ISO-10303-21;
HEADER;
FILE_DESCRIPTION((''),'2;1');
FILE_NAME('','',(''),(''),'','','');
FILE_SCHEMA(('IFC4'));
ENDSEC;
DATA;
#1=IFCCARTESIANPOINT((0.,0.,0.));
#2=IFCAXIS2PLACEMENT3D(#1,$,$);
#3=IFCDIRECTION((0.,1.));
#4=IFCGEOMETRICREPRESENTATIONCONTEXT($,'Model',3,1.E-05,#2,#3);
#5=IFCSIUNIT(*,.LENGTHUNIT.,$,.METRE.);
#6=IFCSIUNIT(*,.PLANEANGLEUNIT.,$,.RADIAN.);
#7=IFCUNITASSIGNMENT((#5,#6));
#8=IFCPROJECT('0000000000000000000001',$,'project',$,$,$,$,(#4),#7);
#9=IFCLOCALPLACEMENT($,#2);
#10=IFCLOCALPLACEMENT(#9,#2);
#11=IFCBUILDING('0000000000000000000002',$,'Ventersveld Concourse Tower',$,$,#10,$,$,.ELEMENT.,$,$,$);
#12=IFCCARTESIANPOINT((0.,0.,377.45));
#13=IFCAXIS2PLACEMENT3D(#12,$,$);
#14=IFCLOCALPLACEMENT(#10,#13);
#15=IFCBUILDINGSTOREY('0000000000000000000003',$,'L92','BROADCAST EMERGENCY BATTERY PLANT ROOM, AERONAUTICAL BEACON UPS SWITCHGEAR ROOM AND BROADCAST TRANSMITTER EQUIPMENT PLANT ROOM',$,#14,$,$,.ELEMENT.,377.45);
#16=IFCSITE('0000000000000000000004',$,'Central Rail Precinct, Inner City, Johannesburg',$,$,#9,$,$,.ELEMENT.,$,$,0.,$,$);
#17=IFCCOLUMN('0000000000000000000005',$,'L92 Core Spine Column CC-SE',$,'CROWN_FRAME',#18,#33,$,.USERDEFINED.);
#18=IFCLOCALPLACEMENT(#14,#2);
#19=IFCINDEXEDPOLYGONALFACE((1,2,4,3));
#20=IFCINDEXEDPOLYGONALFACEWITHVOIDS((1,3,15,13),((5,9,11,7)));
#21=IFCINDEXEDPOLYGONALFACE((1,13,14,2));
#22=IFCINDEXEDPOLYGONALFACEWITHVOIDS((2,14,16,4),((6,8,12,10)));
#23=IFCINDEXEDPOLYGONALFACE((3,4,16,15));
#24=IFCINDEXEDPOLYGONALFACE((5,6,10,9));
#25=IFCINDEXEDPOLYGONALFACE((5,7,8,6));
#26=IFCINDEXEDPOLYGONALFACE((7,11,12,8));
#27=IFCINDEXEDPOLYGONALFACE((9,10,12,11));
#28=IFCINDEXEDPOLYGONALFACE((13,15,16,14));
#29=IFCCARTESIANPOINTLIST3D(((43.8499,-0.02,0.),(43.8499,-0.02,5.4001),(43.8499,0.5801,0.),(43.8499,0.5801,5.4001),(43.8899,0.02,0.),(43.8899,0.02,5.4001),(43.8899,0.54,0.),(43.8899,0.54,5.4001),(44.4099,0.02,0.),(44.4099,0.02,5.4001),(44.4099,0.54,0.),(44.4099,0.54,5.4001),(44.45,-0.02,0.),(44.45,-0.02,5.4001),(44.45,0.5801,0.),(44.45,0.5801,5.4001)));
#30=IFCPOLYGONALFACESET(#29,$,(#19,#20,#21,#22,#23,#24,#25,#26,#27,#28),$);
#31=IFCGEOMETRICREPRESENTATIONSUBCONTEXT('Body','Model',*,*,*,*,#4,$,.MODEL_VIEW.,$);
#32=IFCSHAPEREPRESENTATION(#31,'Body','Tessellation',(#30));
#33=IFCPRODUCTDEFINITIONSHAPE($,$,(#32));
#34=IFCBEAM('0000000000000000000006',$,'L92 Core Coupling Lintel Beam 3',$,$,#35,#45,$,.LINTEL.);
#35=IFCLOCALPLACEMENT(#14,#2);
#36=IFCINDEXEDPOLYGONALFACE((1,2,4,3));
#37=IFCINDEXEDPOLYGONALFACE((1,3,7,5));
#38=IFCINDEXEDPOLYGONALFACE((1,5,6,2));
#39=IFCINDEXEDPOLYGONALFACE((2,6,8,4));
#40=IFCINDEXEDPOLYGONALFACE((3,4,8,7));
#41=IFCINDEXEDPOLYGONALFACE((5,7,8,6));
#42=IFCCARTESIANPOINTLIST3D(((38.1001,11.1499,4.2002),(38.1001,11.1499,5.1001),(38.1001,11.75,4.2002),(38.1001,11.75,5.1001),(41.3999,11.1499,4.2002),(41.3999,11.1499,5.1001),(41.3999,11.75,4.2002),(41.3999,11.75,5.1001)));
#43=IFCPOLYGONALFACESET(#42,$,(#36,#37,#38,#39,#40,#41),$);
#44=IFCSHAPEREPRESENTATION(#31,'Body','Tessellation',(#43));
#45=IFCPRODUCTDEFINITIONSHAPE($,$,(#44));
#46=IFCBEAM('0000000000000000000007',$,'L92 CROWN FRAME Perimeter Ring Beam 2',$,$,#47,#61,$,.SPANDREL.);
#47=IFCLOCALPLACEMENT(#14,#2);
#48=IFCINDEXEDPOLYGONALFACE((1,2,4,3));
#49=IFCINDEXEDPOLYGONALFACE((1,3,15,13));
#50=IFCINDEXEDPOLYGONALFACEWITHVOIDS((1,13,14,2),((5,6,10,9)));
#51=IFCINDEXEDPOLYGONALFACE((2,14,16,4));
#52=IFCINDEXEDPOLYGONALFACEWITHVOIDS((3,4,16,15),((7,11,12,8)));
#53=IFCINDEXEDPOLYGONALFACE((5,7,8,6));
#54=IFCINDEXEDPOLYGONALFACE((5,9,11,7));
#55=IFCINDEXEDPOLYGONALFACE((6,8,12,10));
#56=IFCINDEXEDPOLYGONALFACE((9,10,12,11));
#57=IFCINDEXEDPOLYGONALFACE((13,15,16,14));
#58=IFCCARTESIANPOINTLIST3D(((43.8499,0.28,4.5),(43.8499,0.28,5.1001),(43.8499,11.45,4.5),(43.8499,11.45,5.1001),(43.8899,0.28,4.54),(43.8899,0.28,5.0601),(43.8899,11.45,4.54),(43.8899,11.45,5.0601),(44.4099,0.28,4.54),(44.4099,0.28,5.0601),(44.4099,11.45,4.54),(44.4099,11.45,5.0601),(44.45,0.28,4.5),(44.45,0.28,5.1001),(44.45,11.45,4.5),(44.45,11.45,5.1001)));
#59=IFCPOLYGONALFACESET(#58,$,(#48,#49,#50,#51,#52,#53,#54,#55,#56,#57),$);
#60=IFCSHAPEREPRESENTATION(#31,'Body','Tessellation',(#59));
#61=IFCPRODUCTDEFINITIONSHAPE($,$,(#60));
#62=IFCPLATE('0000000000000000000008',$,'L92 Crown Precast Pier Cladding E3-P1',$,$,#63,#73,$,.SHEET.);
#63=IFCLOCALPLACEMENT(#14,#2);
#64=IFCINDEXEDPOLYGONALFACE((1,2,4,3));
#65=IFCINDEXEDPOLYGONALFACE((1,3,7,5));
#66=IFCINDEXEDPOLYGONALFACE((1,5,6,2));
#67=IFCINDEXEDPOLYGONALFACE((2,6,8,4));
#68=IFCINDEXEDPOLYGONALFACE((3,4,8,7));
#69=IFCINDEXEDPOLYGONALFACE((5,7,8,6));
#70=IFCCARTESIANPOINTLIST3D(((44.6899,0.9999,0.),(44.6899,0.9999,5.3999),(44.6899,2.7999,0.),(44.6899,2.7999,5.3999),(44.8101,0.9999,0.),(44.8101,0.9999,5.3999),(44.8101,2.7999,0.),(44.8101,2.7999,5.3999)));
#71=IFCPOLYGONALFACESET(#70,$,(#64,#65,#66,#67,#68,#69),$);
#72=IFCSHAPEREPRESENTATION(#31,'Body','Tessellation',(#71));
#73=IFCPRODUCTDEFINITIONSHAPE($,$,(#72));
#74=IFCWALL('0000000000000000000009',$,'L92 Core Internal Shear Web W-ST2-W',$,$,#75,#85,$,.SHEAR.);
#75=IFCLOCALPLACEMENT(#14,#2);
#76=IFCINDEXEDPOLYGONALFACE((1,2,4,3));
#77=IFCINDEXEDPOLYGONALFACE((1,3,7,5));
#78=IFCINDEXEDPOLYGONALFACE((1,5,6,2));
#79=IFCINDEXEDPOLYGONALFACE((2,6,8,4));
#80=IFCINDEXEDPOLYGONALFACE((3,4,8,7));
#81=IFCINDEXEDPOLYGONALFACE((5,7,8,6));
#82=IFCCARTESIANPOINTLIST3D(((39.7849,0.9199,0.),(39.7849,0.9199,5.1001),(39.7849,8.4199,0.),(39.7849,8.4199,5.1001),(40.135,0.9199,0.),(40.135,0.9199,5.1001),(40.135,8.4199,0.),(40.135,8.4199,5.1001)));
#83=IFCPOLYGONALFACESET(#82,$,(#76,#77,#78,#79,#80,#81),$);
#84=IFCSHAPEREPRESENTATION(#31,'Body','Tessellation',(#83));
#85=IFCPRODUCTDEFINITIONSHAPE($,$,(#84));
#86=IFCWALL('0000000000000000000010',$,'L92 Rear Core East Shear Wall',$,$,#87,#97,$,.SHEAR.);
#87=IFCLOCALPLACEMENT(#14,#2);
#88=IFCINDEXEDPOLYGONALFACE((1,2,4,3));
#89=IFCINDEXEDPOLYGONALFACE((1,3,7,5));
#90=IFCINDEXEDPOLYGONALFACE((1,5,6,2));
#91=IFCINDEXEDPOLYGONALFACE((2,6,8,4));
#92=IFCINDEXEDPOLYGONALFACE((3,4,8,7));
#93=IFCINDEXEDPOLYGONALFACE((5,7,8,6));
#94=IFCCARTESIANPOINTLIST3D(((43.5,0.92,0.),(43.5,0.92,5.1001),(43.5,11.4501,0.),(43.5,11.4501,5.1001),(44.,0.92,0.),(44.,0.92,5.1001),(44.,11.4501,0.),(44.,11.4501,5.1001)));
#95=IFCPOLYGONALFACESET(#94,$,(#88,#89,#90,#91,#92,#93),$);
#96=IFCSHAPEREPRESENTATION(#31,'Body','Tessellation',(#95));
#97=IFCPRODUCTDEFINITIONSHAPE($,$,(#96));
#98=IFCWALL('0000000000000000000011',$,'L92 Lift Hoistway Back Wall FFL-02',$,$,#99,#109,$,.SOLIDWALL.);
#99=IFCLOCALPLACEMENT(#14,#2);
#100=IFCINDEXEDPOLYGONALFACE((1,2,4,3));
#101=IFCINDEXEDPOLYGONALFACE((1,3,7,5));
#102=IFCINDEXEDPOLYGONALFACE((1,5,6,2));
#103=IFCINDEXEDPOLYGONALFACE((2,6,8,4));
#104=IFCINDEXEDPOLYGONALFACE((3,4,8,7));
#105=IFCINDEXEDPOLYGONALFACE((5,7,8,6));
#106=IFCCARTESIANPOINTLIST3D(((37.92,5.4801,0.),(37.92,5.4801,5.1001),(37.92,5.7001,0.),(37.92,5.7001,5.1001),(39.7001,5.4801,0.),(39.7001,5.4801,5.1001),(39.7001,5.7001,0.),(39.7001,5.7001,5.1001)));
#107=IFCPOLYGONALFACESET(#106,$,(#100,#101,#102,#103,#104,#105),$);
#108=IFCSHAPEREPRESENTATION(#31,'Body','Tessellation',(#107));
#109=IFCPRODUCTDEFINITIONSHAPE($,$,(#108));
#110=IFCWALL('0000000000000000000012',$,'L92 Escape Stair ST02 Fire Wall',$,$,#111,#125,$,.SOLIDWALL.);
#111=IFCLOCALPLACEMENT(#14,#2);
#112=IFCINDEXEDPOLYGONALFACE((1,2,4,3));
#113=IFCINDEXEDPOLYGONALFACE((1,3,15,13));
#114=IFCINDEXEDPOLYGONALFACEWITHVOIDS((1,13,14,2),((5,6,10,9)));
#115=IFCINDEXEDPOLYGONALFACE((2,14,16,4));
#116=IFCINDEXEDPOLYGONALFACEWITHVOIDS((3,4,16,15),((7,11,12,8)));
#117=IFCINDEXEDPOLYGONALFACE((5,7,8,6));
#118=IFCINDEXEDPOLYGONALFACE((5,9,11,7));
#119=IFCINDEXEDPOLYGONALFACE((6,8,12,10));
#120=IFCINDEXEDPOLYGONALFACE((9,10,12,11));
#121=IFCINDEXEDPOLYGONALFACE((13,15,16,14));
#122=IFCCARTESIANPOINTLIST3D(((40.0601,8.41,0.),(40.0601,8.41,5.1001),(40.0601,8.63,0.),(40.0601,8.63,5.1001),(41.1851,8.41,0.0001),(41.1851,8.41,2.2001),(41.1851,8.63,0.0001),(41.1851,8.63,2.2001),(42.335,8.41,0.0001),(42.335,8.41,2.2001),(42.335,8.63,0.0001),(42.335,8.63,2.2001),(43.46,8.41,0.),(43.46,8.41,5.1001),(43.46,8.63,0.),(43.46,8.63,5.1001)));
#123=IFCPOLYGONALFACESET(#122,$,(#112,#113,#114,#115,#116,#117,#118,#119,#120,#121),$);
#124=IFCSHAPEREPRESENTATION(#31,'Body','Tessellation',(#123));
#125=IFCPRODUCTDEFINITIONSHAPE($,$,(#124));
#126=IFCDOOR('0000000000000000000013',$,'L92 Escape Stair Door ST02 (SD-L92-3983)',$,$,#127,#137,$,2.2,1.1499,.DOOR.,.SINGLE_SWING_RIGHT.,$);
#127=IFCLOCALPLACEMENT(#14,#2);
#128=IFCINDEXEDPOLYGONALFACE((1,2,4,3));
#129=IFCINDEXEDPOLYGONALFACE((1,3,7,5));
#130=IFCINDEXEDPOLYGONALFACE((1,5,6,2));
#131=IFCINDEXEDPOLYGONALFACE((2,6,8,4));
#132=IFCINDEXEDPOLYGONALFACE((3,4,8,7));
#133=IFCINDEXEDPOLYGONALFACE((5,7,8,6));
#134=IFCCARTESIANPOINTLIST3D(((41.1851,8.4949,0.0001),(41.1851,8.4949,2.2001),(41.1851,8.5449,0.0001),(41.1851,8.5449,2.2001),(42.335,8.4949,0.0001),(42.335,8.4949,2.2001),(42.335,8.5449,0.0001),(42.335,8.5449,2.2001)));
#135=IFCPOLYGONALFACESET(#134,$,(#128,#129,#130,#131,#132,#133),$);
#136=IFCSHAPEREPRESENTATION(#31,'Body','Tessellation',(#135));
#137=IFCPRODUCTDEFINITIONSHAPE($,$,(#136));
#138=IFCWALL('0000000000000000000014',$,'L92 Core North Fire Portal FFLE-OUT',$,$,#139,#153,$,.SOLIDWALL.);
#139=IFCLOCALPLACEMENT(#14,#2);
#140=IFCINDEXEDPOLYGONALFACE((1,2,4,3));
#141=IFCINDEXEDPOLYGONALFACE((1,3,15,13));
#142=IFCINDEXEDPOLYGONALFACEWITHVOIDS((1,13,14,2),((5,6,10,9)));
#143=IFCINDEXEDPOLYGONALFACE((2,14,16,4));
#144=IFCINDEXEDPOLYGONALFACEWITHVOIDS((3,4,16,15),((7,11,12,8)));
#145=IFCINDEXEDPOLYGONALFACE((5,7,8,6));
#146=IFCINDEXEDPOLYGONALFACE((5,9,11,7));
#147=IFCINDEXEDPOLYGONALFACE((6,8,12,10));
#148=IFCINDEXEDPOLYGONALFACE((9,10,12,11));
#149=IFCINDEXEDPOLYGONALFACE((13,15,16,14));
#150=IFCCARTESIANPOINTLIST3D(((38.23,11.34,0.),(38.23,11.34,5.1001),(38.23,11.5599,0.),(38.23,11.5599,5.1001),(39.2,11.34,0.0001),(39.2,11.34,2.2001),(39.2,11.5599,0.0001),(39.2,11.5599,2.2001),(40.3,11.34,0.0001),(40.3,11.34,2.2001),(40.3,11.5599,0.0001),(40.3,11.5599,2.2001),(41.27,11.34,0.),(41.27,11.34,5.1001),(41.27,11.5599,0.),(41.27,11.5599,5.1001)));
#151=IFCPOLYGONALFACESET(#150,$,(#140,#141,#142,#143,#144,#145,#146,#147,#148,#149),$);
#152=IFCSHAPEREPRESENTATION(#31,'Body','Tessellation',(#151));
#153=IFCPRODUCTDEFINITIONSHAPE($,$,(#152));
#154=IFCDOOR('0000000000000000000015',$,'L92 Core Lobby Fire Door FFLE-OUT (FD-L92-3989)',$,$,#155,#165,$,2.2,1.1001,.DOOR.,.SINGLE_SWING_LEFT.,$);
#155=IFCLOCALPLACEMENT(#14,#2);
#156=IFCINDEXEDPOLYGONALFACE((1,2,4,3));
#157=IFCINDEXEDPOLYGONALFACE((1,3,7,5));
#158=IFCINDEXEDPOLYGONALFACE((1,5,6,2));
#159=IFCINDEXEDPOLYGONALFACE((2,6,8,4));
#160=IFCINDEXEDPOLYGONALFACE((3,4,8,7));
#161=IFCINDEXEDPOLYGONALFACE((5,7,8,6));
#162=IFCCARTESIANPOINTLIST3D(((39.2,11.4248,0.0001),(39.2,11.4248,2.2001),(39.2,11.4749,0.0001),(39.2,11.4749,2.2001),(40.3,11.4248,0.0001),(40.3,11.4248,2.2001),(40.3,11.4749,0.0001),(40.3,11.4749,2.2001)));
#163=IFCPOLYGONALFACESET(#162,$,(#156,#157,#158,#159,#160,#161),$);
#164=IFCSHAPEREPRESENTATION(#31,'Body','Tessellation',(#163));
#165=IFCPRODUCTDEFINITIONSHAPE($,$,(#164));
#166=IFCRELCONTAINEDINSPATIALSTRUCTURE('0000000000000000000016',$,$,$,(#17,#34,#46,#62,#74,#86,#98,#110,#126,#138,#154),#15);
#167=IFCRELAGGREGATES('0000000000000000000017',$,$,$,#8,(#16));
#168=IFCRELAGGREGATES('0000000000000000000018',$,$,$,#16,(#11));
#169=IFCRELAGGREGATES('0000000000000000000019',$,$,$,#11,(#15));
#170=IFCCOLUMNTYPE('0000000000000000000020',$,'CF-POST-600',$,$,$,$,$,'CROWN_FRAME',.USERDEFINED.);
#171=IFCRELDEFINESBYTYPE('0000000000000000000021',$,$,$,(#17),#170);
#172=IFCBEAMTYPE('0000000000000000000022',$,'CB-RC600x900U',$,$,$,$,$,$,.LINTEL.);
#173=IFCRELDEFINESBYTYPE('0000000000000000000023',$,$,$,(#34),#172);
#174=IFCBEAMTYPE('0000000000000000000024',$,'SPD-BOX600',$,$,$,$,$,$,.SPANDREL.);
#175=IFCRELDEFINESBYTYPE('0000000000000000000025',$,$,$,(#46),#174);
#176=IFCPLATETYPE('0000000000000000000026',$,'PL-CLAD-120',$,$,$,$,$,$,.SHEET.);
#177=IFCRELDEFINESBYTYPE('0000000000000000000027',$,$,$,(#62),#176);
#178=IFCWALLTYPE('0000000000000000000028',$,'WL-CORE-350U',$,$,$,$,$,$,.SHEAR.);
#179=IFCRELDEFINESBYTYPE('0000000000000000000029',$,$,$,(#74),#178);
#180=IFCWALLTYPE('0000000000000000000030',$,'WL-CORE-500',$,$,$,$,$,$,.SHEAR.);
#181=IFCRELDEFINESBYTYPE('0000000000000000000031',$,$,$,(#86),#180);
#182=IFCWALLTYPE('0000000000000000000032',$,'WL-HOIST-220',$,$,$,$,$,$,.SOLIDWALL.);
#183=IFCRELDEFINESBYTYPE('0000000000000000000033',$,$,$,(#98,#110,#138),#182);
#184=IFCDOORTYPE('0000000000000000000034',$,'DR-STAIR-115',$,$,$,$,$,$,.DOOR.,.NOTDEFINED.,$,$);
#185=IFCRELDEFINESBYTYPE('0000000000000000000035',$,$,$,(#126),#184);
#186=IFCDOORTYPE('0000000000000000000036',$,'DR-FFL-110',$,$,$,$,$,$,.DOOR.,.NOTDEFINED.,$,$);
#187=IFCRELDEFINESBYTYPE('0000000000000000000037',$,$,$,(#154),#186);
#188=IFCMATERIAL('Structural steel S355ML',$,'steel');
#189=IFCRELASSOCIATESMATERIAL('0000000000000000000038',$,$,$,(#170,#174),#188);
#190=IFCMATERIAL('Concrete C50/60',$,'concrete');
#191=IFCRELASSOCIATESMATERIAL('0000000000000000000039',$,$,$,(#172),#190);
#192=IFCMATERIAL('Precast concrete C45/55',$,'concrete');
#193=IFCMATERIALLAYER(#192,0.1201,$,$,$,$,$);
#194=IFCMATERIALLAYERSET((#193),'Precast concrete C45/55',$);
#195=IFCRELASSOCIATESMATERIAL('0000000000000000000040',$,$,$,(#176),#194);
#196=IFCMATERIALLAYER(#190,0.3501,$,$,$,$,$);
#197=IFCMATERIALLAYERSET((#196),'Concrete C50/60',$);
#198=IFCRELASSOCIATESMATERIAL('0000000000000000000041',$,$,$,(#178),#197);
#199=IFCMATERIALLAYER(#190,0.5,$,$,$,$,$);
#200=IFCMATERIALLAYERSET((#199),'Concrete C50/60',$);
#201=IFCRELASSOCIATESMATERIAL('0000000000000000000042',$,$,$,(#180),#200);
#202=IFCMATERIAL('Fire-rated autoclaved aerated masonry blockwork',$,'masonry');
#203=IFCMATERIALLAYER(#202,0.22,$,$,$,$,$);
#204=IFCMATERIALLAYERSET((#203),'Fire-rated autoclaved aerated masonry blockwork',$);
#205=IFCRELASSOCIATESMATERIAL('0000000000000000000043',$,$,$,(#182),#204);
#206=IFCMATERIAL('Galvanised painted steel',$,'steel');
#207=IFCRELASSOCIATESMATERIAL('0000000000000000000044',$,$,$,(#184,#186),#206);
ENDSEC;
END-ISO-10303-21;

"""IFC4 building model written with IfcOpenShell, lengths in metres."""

from ifc_helpers import new_model, si_unit, direction, frame, frame_2d, origin, origin_2d, place, context, subcontext, project, spatial, rectangle, hollow_rectangle, extrude, material, layer, layer_set, material_profile, profile_set, type_object, element, fill, save


model = new_model("IFC4")

# Units and contexts
model_context = context("Model", 3, precision=1e-05, world=origin(), true_north=direction((0.0, 1.0)))
body_context = subcontext(model_context, "Body", "Model", "MODEL_VIEW")
ifc_project = project(units=[si_unit("LENGTHUNIT", "METRE"), si_unit("PLANEANGLEUNIT", "RADIAN")], contexts=[model_context])

# Site, building, storey
site_placement = place(None, origin())
site = spatial("IfcSite", under=ifc_project, at=site_placement, Name="Central Rail Precinct, Inner City, Johannesburg", CompositionType="ELEMENT", RefElevation=0.0)
building_placement = place(site_placement, origin())
building = spatial("IfcBuilding", under=site, at=building_placement, Name="Ventersveld Concourse Tower", CompositionType="ELEMENT")
storey_placement = place(building_placement, frame((0.0, 0.0, 377.45)))
storey = spatial("IfcBuildingStorey", under=building, at=storey_placement, Name="L92", Description="BROADCAST EMERGENCY BATTERY PLANT ROOM, AERONAUTICAL BEACON UPS SWITCHGEAR ROOM AND BROADCAST TRANSMITTER EQUIPMENT PLANT ROOM", CompositionType="ELEMENT", Elevation=377.45)

# Column
ifc_material_1 = material(Name="Structural steel S355ML", Category="steel")
ifc_material_profile_1 = material_profile(ifc_material_1, hollow_rectangle(XDim=0.6001, YDim=0.6001, WallThickness=0.04, at=origin_2d()), Name="BOX 600x600x40")
ifc_profile_set_1 = profile_set([ifc_material_profile_1], Name="Structural steel S355ML")
column_type = type_object("IfcColumnType", Name="CF-POST-600", ElementType="CROWN_FRAME", PredefinedType="USERDEFINED", material=ifc_profile_set_1)
column_placement = place(storey_placement, frame((44.1499, 0.28, 0.0), z_axis=(0.0, 0.0, 1.0), x_axis=(1.0, 0.0, 0.0)))
element("IfcColumn", 1, at=column_placement, inside=storey, type_object=column_type, Name="L92 Core Spine Column CC-SE", ObjectType="CROWN_FRAME", PredefinedType="USERDEFINED", context=body_context, shape_type="SweptSolid", body=[
    extrude(hollow_rectangle(XDim=0.6001, YDim=0.6001, WallThickness=0.04, at=origin_2d()), origin(), (0.0, 0.0, 1.0), 5.4001),
])

# Beams
ifc_material_2 = material(Name="Concrete C50/60", Category="concrete")
ifc_material_profile_2 = material_profile(ifc_material_2, rectangle(XDim=0.6001, YDim=0.8999, at=origin_2d()), Name="RC 600x900")
ifc_profile_set_2 = profile_set([ifc_material_profile_2], Name="Concrete C50/60")
beam_type_1 = type_object("IfcBeamType", Name="CB-RC600x900U", PredefinedType="LINTEL", material=ifc_profile_set_2)
beam_1_placement = place(storey_placement, frame((38.1001, 11.45, 4.6501), z_axis=(1.0, 0.0, 0.0), x_axis=(0.0, 1.0, 0.0)))
element("IfcBeam", 2, at=beam_1_placement, inside=storey, type_object=beam_type_1, Name="L92 Core Coupling Lintel Beam 3", PredefinedType="LINTEL", context=body_context, shape_type="SweptSolid", body=[
    extrude(rectangle(XDim=0.6001, YDim=0.8999, at=origin_2d()), origin(), (0.0, 0.0, 1.0), 3.2998),
])
ifc_material_profile_3 = material_profile(ifc_material_1, hollow_rectangle(XDim=0.6001, YDim=0.6001, WallThickness=0.04, at=origin_2d()), Name="BOX 600x600x40")
ifc_profile_set_3 = profile_set([ifc_material_profile_3], Name="Structural steel S355ML")
beam_type_2 = type_object("IfcBeamType", Name="SPD-BOX600", PredefinedType="SPANDREL", material=ifc_profile_set_3)
beam_2_placement = place(storey_placement, frame((44.1499, 0.28, 4.8), z_axis=(0.0, 1.0, 0.0), x_axis=(-1.0, 0.0, 0.0)))
element("IfcBeam", 3, at=beam_2_placement, inside=storey, type_object=beam_type_2, Name="L92 CROWN FRAME Perimeter Ring Beam 2", PredefinedType="SPANDREL", context=body_context, shape_type="SweptSolid", body=[
    extrude(hollow_rectangle(XDim=0.6001, YDim=0.6001, WallThickness=0.04, at=origin_2d()), origin(), (0.0, 0.0, 1.0), 11.1699),
])

# Plate
ifc_material_3 = material(Name="Precast concrete C45/55", Category="concrete")
ifc_layer_1 = layer(ifc_material_3, 0.1201)
ifc_layer_set_1 = layer_set([ifc_layer_1], Name="Precast concrete C45/55")
plate_type = type_object("IfcPlateType", Name="PL-CLAD-120", PredefinedType="SHEET", material=ifc_layer_set_1)
plate_placement = place(storey_placement, frame((44.75, 1.8999, 0.0), z_axis=(0.0, 0.0, 1.0), x_axis=(0.0, 1.0, 0.0)))
element("IfcPlate", 4, at=plate_placement, inside=storey, type_object=plate_type, Name="L92 Crown Precast Pier Cladding E3-P1", PredefinedType="SHEET", context=body_context, shape_type="SweptSolid", body=[
    extrude(rectangle(XDim=1.8, YDim=0.1201, at=origin_2d()), origin(), (0.0, 0.0, 1.0), 5.3999),
])

# Walls
ifc_layer_2 = layer(ifc_material_2, 0.3501)
ifc_layer_set_2 = layer_set([ifc_layer_2], Name="Concrete C50/60")
wall_type_1 = type_object("IfcWallType", Name="WL-CORE-350U", PredefinedType="SHEAR", material=ifc_layer_set_2)
wall_1_placement = place(storey_placement, frame((39.96, 0.9199, 0.0), z_axis=(0.0, 0.0, 1.0), x_axis=(0.0, 1.0, 0.0)))
element("IfcWall", 5, at=wall_1_placement, inside=storey, type_object=wall_type_1, Name="L92 Core Internal Shear Web W-ST2-W", PredefinedType="SHEAR", context=body_context, shape_type="SweptSolid", body=[
    extrude(rectangle(XDim=7.5, YDim=0.3501, at=frame_2d((3.75, 0.0))), origin(), (0.0, 0.0, 1.0), 5.1001),
])
ifc_layer_3 = layer(ifc_material_2, 0.5)
ifc_layer_set_3 = layer_set([ifc_layer_3], Name="Concrete C50/60")
wall_type_2 = type_object("IfcWallType", Name="WL-CORE-500", PredefinedType="SHEAR", material=ifc_layer_set_3)
wall_2_placement = place(storey_placement, frame((43.75, 0.9199, 0.0), z_axis=(0.0, 0.0, 1.0), x_axis=(0.0, 1.0, 0.0)))
element("IfcWall", 6, at=wall_2_placement, inside=storey, type_object=wall_type_2, Name="L92 Rear Core East Shear Wall", PredefinedType="SHEAR", context=body_context, shape_type="SweptSolid", body=[
    extrude(rectangle(XDim=10.53, YDim=0.5, at=frame_2d((5.2651, 0.0))), origin(), (0.0, 0.0, 1.0), 5.1001),
])
ifc_material_4 = material(Name="Fire-rated autoclaved aerated masonry blockwork", Category="masonry")
ifc_layer_4 = layer(ifc_material_4, 0.22)
ifc_layer_set_4 = layer_set([ifc_layer_4], Name="Fire-rated autoclaved aerated masonry blockwork")
wall_type_3 = type_object("IfcWallType", Name="WL-HOIST-220", PredefinedType="SOLIDWALL", material=ifc_layer_set_4)
wall_3_placement = place(storey_placement, frame((37.9199, 5.5901, 0.0), z_axis=(0.0, 0.0, 1.0), x_axis=(1.0, 0.0, 0.0)))
element("IfcWall", 7, at=wall_3_placement, inside=storey, type_object=wall_type_3, Name="L92 Lift Hoistway Back Wall FFL-02", PredefinedType="SOLIDWALL", context=body_context, shape_type="SweptSolid", body=[
    extrude(rectangle(XDim=1.78, YDim=0.22, at=frame_2d((0.8901, 0.0))), origin(), (0.0, 0.0, 1.0), 5.1001),
])

# Walls, openings, doors
wall_4_placement = place(storey_placement, frame((40.0601, 8.52, 0.0), z_axis=(0.0, 0.0, 1.0), x_axis=(1.0, 0.0, 0.0)))
wall_4 = element("IfcWall", 8, at=wall_4_placement, inside=storey, type_object=wall_type_3, Name="L92 Escape Stair ST02 Fire Wall", PredefinedType="SOLIDWALL", context=body_context, shape_type="SweptSolid", body=[
    extrude(rectangle(XDim=3.3999, YDim=0.22, at=frame_2d((1.7, 0.0))), origin(), (0.0, 0.0, 1.0), 5.1001),
])
opening_1_placement = place(wall_4_placement, frame((1.125, 0.0, 0.0)))
opening_1 = element("IfcOpeningElement", 9, at=opening_1_placement, cuts=wall_4, PredefinedType="OPENING", context=body_context, shape_type="SweptSolid", body=[
    extrude(rectangle(XDim=1.1499, YDim=2.2, at=frame_2d((0.575, 1.1001))), frame((0.0, 0.1201, 0.0), z_axis=(0.0, -1.0, 0.0), x_axis=(1.0, 0.0, 0.0)), (0.0, 0.0, 1.0), 0.24),
])
ifc_material_5 = material(Name="Galvanised painted steel", Category="steel")
door_type_1 = type_object("IfcDoorType", Name="DR-STAIR-115", OperationType="NOTDEFINED", PredefinedType="DOOR", material=ifc_material_5)
door_1_placement = place(opening_1_placement, origin())
door_1 = element("IfcDoor", 10, at=door_1_placement, inside=storey, type_object=door_type_1, Name="L92 Escape Stair Door ST02 (SD-L92-3983)", OperationType="SINGLE_SWING_RIGHT", OverallHeight=2.2, OverallWidth=1.1499, PredefinedType="DOOR", context=body_context, shape_type="SweptSolid", body=[
    extrude(rectangle(XDim=1.1499, YDim=2.2, at=frame_2d((0.575, 1.1001))), frame((0.0, 0.0249, 0.0), z_axis=(0.0, -1.0, 0.0), x_axis=(1.0, 0.0, 0.0)), (0.0, 0.0, 1.0), 0.05),
])
fill(opening_1, door_1)
wall_5_placement = place(storey_placement, frame((38.23, 11.45, 0.0), z_axis=(0.0, 0.0, 1.0), x_axis=(1.0, 0.0, 0.0)))
wall_5 = element("IfcWall", 11, at=wall_5_placement, inside=storey, type_object=wall_type_3, Name="L92 Core North Fire Portal FFLE-OUT", PredefinedType="SOLIDWALL", context=body_context, shape_type="SweptSolid", body=[
    extrude(rectangle(XDim=3.04, YDim=0.22, at=frame_2d((1.52, 0.0))), origin(), (0.0, 0.0, 1.0), 5.1001),
])
opening_2_placement = place(wall_5_placement, frame((0.97, 0.0, 0.0)))
opening_2 = element("IfcOpeningElement", 12, at=opening_2_placement, cuts=wall_5, PredefinedType="OPENING", context=body_context, shape_type="SweptSolid", body=[
    extrude(rectangle(XDim=1.1001, YDim=2.2, at=frame_2d((0.55, 1.1001))), frame((0.0, 0.1201, 0.0), z_axis=(0.0, -1.0, 0.0), x_axis=(1.0, 0.0, 0.0)), (0.0, 0.0, 1.0), 0.24),
])
door_type_2 = type_object("IfcDoorType", Name="DR-FFL-110", OperationType="NOTDEFINED", PredefinedType="DOOR", material=ifc_material_5)
door_2_placement = place(opening_2_placement, origin())
door_2 = element("IfcDoor", 13, at=door_2_placement, inside=storey, type_object=door_type_2, Name="L92 Core Lobby Fire Door FFLE-OUT (FD-L92-3989)", OperationType="SINGLE_SWING_LEFT", OverallHeight=2.2, OverallWidth=1.1001, PredefinedType="DOOR", context=body_context, shape_type="SweptSolid", body=[
    extrude(rectangle(XDim=1.1001, YDim=2.2, at=frame_2d((0.55, 1.1001))), frame((0.0, 0.0249, 0.0), z_axis=(0.0, -1.0, 0.0), x_axis=(1.0, 0.0, 0.0)), (0.0, 0.0, 1.0), 0.05),
])
fill(opening_2, door_2)

save(model, "model.ifc")
